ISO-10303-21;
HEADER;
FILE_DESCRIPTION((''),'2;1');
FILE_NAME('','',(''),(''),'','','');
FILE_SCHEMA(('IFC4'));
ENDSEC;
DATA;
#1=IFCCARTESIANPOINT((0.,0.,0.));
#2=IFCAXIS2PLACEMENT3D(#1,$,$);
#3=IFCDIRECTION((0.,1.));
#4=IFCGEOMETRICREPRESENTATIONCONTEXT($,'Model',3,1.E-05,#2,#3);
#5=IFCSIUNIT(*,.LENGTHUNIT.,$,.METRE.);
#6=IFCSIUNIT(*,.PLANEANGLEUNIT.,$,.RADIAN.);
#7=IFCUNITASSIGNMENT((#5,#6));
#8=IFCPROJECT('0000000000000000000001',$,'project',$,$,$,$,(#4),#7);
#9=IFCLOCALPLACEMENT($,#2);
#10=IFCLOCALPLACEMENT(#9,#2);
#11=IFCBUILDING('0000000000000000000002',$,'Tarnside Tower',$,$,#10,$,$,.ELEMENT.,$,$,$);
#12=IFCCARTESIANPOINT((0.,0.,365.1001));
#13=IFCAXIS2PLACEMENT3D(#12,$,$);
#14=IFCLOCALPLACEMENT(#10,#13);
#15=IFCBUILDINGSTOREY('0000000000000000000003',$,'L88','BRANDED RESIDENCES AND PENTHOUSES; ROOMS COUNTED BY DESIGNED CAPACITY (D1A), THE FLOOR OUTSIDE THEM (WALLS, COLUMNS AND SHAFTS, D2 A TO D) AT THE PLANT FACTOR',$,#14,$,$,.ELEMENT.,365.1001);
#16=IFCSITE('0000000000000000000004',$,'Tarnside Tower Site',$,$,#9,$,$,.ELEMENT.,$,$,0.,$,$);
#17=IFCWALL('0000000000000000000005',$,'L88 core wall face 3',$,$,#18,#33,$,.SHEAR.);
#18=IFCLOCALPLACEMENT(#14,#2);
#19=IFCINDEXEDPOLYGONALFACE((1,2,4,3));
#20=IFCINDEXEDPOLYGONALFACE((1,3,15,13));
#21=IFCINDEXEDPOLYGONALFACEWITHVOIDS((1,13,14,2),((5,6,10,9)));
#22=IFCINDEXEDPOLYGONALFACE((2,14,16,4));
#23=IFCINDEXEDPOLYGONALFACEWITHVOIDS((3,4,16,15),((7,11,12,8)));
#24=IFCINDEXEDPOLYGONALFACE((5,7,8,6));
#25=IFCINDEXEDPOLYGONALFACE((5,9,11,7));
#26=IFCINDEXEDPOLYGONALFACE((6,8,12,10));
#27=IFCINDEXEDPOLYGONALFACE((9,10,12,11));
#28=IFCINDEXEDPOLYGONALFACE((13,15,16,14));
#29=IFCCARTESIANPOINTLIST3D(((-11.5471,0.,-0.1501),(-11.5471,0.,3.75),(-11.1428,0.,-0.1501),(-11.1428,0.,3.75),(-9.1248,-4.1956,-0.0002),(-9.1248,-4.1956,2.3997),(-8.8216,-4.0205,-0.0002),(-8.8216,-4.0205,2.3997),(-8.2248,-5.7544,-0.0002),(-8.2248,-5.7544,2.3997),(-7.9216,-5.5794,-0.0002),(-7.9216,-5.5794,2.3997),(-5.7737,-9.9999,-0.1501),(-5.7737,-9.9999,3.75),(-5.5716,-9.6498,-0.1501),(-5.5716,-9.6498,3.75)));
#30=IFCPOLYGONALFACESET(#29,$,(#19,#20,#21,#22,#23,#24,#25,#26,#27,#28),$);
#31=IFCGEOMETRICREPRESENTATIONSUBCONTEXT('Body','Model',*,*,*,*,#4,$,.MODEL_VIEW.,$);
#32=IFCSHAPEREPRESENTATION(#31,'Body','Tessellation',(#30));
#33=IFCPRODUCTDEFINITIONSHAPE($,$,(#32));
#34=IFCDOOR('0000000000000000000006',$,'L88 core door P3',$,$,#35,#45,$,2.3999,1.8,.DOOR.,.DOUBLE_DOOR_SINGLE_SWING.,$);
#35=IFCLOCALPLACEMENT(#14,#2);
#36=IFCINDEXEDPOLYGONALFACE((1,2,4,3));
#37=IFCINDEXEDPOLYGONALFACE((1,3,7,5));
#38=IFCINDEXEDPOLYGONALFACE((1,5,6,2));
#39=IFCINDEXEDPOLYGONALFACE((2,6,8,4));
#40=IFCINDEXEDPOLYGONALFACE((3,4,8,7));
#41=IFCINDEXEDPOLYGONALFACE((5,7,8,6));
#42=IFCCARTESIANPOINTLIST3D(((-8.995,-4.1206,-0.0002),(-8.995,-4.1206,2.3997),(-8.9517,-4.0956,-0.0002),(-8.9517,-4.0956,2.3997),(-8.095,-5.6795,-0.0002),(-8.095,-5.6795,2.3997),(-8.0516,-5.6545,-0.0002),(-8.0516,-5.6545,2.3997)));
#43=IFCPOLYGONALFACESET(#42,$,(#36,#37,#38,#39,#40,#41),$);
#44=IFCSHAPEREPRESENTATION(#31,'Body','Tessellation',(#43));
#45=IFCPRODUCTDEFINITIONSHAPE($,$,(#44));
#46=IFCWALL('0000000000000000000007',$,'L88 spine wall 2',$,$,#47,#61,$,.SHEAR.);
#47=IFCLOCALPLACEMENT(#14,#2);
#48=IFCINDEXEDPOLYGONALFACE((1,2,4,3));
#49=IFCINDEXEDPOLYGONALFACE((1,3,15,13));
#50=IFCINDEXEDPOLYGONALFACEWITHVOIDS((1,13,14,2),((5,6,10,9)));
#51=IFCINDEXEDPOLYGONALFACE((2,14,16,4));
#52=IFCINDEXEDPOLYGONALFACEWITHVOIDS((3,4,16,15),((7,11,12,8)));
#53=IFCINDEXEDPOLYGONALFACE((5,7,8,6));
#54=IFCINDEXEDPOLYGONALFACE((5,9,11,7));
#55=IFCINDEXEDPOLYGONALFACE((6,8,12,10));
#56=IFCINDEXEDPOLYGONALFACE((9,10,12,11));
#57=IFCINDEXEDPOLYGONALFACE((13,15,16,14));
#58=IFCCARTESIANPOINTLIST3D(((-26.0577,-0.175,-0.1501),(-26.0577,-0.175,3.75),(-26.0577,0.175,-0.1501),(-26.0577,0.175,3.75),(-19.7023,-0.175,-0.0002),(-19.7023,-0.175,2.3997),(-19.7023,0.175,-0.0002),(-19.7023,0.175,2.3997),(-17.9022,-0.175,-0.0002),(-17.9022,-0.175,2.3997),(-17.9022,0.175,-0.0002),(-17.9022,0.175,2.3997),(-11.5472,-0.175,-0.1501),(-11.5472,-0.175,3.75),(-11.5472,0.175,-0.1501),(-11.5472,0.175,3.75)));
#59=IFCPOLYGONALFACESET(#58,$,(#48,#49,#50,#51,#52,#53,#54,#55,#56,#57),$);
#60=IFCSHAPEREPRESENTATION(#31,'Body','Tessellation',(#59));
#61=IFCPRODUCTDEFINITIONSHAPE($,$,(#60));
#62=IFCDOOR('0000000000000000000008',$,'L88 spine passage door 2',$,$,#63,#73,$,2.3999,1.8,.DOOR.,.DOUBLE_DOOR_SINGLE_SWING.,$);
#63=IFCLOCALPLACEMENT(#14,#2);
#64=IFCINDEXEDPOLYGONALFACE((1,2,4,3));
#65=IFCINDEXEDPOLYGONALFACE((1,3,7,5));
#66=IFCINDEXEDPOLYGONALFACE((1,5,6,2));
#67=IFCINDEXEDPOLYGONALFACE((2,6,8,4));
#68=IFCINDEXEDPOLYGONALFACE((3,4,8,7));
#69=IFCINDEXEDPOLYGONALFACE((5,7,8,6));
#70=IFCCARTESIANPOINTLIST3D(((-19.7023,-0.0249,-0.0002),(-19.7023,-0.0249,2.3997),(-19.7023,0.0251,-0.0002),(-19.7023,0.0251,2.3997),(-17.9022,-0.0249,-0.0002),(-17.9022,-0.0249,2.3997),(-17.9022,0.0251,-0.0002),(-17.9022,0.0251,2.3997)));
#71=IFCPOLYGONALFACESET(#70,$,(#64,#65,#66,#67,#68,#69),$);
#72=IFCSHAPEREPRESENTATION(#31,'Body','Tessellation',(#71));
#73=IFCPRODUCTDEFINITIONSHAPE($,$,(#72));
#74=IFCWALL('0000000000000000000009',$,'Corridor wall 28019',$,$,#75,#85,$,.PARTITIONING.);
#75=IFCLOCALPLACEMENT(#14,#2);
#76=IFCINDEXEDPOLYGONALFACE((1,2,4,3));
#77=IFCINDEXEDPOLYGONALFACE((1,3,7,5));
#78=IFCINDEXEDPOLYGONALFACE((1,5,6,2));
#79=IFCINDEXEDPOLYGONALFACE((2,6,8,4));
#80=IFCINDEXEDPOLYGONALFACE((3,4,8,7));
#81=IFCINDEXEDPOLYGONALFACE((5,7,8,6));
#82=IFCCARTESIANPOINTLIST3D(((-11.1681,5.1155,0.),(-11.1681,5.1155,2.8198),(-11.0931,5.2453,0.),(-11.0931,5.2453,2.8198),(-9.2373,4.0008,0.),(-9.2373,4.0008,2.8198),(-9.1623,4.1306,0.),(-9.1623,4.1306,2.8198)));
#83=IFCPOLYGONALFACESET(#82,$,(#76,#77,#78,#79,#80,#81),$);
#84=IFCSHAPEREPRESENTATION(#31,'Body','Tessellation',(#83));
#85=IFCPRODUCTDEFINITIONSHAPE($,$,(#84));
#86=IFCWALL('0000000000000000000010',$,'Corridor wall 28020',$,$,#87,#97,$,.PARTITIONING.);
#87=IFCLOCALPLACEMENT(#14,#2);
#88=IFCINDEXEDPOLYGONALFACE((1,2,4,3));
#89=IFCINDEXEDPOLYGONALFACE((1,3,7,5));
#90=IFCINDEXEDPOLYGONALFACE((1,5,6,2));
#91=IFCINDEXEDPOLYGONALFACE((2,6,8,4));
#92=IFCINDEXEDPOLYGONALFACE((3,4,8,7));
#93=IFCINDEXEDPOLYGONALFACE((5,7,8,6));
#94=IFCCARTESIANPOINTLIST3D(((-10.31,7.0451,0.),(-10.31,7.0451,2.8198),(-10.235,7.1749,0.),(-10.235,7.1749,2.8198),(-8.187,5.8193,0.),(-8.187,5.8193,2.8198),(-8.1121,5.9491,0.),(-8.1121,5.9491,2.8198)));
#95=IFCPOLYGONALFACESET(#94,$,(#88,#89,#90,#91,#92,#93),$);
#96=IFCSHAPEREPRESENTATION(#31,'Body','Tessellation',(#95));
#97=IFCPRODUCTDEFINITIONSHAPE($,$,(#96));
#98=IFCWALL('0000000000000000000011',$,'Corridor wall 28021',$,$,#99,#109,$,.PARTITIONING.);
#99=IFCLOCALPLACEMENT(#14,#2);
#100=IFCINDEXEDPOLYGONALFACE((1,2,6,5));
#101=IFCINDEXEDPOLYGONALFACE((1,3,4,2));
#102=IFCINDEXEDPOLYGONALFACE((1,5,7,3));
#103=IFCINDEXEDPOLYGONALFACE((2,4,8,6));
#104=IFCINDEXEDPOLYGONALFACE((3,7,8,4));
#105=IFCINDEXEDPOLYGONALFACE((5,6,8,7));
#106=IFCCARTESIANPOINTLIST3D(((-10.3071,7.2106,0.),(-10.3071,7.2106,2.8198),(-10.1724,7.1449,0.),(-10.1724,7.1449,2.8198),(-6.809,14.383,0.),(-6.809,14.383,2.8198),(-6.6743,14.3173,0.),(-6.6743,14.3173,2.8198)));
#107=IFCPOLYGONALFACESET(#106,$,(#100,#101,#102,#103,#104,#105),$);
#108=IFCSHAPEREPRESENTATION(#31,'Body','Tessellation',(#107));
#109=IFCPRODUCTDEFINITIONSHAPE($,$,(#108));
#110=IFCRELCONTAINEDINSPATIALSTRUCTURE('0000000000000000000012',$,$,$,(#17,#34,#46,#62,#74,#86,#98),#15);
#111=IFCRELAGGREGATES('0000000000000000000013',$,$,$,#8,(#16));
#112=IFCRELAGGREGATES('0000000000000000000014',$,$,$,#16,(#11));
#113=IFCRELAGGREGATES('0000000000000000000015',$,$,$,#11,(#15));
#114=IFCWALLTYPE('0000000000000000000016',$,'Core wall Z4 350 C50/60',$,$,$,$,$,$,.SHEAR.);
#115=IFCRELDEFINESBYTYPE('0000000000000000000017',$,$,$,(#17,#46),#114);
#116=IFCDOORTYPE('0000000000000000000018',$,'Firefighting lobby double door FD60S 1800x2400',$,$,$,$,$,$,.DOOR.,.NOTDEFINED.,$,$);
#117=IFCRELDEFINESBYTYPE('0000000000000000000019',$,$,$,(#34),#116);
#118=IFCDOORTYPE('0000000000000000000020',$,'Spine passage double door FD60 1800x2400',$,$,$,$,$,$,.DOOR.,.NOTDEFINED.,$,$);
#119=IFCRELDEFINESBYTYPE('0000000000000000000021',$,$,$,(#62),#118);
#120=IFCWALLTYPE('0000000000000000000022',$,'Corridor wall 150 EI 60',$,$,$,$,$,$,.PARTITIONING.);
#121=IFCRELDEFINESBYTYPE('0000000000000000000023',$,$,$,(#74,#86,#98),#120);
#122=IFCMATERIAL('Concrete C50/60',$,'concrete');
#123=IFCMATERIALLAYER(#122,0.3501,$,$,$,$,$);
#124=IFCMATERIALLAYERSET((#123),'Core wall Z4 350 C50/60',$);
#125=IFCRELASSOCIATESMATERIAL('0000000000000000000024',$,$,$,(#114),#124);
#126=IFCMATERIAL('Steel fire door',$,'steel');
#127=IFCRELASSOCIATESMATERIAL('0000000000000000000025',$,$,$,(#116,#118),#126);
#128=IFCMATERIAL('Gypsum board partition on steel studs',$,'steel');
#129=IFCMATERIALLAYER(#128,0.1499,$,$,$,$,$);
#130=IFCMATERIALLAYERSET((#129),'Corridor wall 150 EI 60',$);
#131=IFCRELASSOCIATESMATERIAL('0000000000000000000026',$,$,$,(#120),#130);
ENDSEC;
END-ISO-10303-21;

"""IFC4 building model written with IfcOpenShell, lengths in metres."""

from ifc_helpers import new_model, si_unit, direction, frame, frame_2d, origin, place, context, subcontext, project, spatial, polyline, rectangle, outline, extrude, material, layer, layer_set, type_object, element, fill, save


model = new_model("IFC4")

# Units and contexts
model_context = context("Model", 3, precision=1e-05, world=origin(), true_north=direction((0.0, 1.0)))
body_context = subcontext(model_context, "Body", "Model", "MODEL_VIEW")
ifc_project = project(units=[si_unit("LENGTHUNIT", "METRE"), si_unit("PLANEANGLEUNIT", "RADIAN")], contexts=[model_context])

# Site, building, storey
site_placement = place(None, origin())
site = spatial("IfcSite", under=ifc_project, at=site_placement, Name="Tarnside Tower Site", CompositionType="ELEMENT", RefElevation=0.0)
building_placement = place(site_placement, origin())
building = spatial("IfcBuilding", under=site, at=building_placement, Name="Tarnside Tower", CompositionType="ELEMENT")
storey_placement = place(building_placement, frame((0.0, 0.0, 365.1001)))
storey = spatial("IfcBuildingStorey", under=building, at=storey_placement, Name="L88", Description="BRANDED RESIDENCES AND PENTHOUSES; ROOMS COUNTED BY DESIGNED CAPACITY (D1A), THE FLOOR OUTSIDE THEM (WALLS, COLUMNS AND SHAFTS, D2 A TO D) AT THE PLANT FACTOR", CompositionType="ELEMENT", Elevation=365.1001)

# Walls, openings, doors
ifc_material_1 = material(Name="Concrete C50/60", Category="concrete")
ifc_layer_1 = layer(ifc_material_1, 0.3501)
ifc_layer_set_1 = layer_set([ifc_layer_1], Name="Core wall Z4 350 C50/60")
wall_type_1 = type_object("IfcWallType", Name="Core wall Z4 350 C50/60", PredefinedType="SHEAR", material=ifc_layer_set_1)
wall_1_placement = place(storey_placement, frame((-11.345, 0.0, -0.1501), z_axis=(0.0, 0.0, 1.0), x_axis=(0.499995, -0.866028, 0.0)))
wall_1 = element("IfcWall", 1, at=wall_1_placement, inside=storey, type_object=wall_type_1, Name="L88 core wall face 3", PredefinedType="SHEAR", context=body_context, shape_type="SweptSolid", body=[
    extrude(outline(polyline([(-0.1011, -0.175), (11.4458, -0.175), (11.2437, 0.175), (0.1011, 0.175), (-0.1011, -0.175)])), origin(), (0.0, 0.0, 1.0), 3.9001),
])
opening_1_placement = place(wall_1_placement, frame((4.7437, 0.0, 0.1499)))
opening_1 = element("IfcOpeningElement", 2, at=opening_1_placement, cuts=wall_1, PredefinedType="OPENING", context=body_context, shape_type="SweptSolid", body=[
    extrude(rectangle(XDim=1.8, YDim=2.3999, at=frame_2d((0.8999, 1.2))), frame((0.0, 0.1851, 0.0), z_axis=(0.0, -1.0, 0.0), x_axis=(1.0, 0.0, 0.0)), (0.0, 0.0, 1.0), 0.3701),
])
ifc_material_2 = material(Name="Steel fire door", Category="steel")
door_type_1 = type_object("IfcDoorType", Name="Firefighting lobby double door FD60S 1800x2400", OperationType="NOTDEFINED", PredefinedType="DOOR", material=ifc_material_2)
door_1_placement = place(opening_1_placement, origin())
door_1 = element("IfcDoor", 3, at=door_1_placement, inside=storey, type_object=door_type_1, Name="L88 core door P3", OperationType="DOUBLE_DOOR_SINGLE_SWING", OverallHeight=2.3999, OverallWidth=1.8, PredefinedType="DOOR", context=body_context, shape_type="SweptSolid", body=[
    extrude(rectangle(XDim=1.8, YDim=2.3999, at=frame_2d((0.8999, 1.2))), frame((0.0, 0.0249, 0.0), z_axis=(0.0, -1.0, 0.0), x_axis=(1.0, 0.0, 0.0)), (0.0, 0.0, 1.0), 0.05),
])
fill(opening_1, door_1)
wall_2_placement = place(storey_placement, frame((-11.5471, 0.0, -0.1501), z_axis=(0.0, 0.0, 1.0), x_axis=(-1.0, 0.0, 0.0)))
wall_2 = element("IfcWall", 4, at=wall_2_placement, inside=storey, type_object=wall_type_1, Name="L88 spine wall 2", PredefinedType="SHEAR", context=body_context, shape_type="SweptSolid", body=[
    extrude(rectangle(XDim=14.5105, YDim=0.3501, at=frame_2d((7.2554, 0.0))), origin(), (0.0, 0.0, 1.0), 3.9001),
])
opening_2_placement = place(wall_2_placement, frame((6.3552, 0.0, 0.1499)))
opening_2 = element("IfcOpeningElement", 5, at=opening_2_placement, cuts=wall_2, PredefinedType="OPENING", context=body_context, shape_type="SweptSolid", body=[
    extrude(rectangle(XDim=1.8, YDim=2.3999, at=frame_2d((0.8999, 1.2))), frame((0.0, 0.1851, 0.0), z_axis=(0.0, -1.0, 0.0), x_axis=(1.0, 0.0, 0.0)), (0.0, 0.0, 1.0), 0.3701),
])
door_type_2 = type_object("IfcDoorType", Name="Spine passage double door FD60 1800x2400", OperationType="NOTDEFINED", PredefinedType="DOOR", material=ifc_material_2)
door_2_placement = place(opening_2_placement, origin())
door_2 = element("IfcDoor", 6, at=door_2_placement, inside=storey, type_object=door_type_2, Name="L88 spine passage door 2", OperationType="DOUBLE_DOOR_SINGLE_SWING", OverallHeight=2.3999, OverallWidth=1.8, PredefinedType="DOOR", context=body_context, shape_type="SweptSolid", body=[
    extrude(rectangle(XDim=1.8, YDim=2.3999, at=frame_2d((0.8999, 1.2))), frame((0.0, 0.0249, 0.0), z_axis=(0.0, -1.0, 0.0), x_axis=(1.0, 0.0, 0.0)), (0.0, 0.0, 1.0), 0.05),
])
fill(opening_2, door_2)

# Walls
ifc_material_3 = material(Name="Gypsum board partition on steel studs", Category="steel")
ifc_layer_2 = layer(ifc_material_3, 0.1499)
ifc_layer_set_2 = layer_set([ifc_layer_2], Name="Corridor wall 150 EI 60")
wall_type_2 = type_object("IfcWallType", Name="Corridor wall 150 EI 60", PredefinedType="PARTITIONING", material=ifc_layer_set_2)
wall_3_placement = place(storey_placement, frame((-11.1306, 5.1804, 0.0), z_axis=(0.0, 0.0, 1.0), x_axis=(0.866038, -0.499978, 0.0)))
element("IfcWall", 7, at=wall_3_placement, inside=storey, type_object=wall_type_2, Name="Corridor wall 28019", PredefinedType="PARTITIONING", context=body_context, shape_type="SweptSolid", body=[
    extrude(rectangle(XDim=2.2295, YDim=0.1499, at=frame_2d((1.1147, 0.0))), origin(), (0.0, 0.0, 1.0), 2.8198),
])
wall_4_placement = place(storey_placement, frame((-8.1497, 5.8843, 0.0), z_axis=(0.0, 0.0, 1.0), x_axis=(-0.86601, 0.500027, 0.0)))
element("IfcWall", 8, at=wall_4_placement, inside=storey, type_object=wall_type_2, Name="Corridor wall 28020", PredefinedType="PARTITIONING", context=body_context, shape_type="SweptSolid", body=[
    extrude(rectangle(XDim=2.4514, YDim=0.1499, at=frame_2d((1.2256, 0.0))), origin(), (0.0, 0.0, 1.0), 2.8198),
])
wall_5_placement = place(storey_placement, frame((-10.2397, 7.1777, 0.0), z_axis=(0.0, 0.0, 1.0), x_axis=(0.438356, 0.898801, 0.0)))
element("IfcWall", 9, at=wall_5_placement, inside=storey, type_object=wall_type_2, Name="Corridor wall 28021", PredefinedType="PARTITIONING", context=body_context, shape_type="SweptSolid", body=[
    extrude(rectangle(XDim=7.98, YDim=0.1499, at=frame_2d((3.99, 0.0))), origin(), (0.0, 0.0, 1.0), 2.8198),
])

save(model, "model.ifc")
